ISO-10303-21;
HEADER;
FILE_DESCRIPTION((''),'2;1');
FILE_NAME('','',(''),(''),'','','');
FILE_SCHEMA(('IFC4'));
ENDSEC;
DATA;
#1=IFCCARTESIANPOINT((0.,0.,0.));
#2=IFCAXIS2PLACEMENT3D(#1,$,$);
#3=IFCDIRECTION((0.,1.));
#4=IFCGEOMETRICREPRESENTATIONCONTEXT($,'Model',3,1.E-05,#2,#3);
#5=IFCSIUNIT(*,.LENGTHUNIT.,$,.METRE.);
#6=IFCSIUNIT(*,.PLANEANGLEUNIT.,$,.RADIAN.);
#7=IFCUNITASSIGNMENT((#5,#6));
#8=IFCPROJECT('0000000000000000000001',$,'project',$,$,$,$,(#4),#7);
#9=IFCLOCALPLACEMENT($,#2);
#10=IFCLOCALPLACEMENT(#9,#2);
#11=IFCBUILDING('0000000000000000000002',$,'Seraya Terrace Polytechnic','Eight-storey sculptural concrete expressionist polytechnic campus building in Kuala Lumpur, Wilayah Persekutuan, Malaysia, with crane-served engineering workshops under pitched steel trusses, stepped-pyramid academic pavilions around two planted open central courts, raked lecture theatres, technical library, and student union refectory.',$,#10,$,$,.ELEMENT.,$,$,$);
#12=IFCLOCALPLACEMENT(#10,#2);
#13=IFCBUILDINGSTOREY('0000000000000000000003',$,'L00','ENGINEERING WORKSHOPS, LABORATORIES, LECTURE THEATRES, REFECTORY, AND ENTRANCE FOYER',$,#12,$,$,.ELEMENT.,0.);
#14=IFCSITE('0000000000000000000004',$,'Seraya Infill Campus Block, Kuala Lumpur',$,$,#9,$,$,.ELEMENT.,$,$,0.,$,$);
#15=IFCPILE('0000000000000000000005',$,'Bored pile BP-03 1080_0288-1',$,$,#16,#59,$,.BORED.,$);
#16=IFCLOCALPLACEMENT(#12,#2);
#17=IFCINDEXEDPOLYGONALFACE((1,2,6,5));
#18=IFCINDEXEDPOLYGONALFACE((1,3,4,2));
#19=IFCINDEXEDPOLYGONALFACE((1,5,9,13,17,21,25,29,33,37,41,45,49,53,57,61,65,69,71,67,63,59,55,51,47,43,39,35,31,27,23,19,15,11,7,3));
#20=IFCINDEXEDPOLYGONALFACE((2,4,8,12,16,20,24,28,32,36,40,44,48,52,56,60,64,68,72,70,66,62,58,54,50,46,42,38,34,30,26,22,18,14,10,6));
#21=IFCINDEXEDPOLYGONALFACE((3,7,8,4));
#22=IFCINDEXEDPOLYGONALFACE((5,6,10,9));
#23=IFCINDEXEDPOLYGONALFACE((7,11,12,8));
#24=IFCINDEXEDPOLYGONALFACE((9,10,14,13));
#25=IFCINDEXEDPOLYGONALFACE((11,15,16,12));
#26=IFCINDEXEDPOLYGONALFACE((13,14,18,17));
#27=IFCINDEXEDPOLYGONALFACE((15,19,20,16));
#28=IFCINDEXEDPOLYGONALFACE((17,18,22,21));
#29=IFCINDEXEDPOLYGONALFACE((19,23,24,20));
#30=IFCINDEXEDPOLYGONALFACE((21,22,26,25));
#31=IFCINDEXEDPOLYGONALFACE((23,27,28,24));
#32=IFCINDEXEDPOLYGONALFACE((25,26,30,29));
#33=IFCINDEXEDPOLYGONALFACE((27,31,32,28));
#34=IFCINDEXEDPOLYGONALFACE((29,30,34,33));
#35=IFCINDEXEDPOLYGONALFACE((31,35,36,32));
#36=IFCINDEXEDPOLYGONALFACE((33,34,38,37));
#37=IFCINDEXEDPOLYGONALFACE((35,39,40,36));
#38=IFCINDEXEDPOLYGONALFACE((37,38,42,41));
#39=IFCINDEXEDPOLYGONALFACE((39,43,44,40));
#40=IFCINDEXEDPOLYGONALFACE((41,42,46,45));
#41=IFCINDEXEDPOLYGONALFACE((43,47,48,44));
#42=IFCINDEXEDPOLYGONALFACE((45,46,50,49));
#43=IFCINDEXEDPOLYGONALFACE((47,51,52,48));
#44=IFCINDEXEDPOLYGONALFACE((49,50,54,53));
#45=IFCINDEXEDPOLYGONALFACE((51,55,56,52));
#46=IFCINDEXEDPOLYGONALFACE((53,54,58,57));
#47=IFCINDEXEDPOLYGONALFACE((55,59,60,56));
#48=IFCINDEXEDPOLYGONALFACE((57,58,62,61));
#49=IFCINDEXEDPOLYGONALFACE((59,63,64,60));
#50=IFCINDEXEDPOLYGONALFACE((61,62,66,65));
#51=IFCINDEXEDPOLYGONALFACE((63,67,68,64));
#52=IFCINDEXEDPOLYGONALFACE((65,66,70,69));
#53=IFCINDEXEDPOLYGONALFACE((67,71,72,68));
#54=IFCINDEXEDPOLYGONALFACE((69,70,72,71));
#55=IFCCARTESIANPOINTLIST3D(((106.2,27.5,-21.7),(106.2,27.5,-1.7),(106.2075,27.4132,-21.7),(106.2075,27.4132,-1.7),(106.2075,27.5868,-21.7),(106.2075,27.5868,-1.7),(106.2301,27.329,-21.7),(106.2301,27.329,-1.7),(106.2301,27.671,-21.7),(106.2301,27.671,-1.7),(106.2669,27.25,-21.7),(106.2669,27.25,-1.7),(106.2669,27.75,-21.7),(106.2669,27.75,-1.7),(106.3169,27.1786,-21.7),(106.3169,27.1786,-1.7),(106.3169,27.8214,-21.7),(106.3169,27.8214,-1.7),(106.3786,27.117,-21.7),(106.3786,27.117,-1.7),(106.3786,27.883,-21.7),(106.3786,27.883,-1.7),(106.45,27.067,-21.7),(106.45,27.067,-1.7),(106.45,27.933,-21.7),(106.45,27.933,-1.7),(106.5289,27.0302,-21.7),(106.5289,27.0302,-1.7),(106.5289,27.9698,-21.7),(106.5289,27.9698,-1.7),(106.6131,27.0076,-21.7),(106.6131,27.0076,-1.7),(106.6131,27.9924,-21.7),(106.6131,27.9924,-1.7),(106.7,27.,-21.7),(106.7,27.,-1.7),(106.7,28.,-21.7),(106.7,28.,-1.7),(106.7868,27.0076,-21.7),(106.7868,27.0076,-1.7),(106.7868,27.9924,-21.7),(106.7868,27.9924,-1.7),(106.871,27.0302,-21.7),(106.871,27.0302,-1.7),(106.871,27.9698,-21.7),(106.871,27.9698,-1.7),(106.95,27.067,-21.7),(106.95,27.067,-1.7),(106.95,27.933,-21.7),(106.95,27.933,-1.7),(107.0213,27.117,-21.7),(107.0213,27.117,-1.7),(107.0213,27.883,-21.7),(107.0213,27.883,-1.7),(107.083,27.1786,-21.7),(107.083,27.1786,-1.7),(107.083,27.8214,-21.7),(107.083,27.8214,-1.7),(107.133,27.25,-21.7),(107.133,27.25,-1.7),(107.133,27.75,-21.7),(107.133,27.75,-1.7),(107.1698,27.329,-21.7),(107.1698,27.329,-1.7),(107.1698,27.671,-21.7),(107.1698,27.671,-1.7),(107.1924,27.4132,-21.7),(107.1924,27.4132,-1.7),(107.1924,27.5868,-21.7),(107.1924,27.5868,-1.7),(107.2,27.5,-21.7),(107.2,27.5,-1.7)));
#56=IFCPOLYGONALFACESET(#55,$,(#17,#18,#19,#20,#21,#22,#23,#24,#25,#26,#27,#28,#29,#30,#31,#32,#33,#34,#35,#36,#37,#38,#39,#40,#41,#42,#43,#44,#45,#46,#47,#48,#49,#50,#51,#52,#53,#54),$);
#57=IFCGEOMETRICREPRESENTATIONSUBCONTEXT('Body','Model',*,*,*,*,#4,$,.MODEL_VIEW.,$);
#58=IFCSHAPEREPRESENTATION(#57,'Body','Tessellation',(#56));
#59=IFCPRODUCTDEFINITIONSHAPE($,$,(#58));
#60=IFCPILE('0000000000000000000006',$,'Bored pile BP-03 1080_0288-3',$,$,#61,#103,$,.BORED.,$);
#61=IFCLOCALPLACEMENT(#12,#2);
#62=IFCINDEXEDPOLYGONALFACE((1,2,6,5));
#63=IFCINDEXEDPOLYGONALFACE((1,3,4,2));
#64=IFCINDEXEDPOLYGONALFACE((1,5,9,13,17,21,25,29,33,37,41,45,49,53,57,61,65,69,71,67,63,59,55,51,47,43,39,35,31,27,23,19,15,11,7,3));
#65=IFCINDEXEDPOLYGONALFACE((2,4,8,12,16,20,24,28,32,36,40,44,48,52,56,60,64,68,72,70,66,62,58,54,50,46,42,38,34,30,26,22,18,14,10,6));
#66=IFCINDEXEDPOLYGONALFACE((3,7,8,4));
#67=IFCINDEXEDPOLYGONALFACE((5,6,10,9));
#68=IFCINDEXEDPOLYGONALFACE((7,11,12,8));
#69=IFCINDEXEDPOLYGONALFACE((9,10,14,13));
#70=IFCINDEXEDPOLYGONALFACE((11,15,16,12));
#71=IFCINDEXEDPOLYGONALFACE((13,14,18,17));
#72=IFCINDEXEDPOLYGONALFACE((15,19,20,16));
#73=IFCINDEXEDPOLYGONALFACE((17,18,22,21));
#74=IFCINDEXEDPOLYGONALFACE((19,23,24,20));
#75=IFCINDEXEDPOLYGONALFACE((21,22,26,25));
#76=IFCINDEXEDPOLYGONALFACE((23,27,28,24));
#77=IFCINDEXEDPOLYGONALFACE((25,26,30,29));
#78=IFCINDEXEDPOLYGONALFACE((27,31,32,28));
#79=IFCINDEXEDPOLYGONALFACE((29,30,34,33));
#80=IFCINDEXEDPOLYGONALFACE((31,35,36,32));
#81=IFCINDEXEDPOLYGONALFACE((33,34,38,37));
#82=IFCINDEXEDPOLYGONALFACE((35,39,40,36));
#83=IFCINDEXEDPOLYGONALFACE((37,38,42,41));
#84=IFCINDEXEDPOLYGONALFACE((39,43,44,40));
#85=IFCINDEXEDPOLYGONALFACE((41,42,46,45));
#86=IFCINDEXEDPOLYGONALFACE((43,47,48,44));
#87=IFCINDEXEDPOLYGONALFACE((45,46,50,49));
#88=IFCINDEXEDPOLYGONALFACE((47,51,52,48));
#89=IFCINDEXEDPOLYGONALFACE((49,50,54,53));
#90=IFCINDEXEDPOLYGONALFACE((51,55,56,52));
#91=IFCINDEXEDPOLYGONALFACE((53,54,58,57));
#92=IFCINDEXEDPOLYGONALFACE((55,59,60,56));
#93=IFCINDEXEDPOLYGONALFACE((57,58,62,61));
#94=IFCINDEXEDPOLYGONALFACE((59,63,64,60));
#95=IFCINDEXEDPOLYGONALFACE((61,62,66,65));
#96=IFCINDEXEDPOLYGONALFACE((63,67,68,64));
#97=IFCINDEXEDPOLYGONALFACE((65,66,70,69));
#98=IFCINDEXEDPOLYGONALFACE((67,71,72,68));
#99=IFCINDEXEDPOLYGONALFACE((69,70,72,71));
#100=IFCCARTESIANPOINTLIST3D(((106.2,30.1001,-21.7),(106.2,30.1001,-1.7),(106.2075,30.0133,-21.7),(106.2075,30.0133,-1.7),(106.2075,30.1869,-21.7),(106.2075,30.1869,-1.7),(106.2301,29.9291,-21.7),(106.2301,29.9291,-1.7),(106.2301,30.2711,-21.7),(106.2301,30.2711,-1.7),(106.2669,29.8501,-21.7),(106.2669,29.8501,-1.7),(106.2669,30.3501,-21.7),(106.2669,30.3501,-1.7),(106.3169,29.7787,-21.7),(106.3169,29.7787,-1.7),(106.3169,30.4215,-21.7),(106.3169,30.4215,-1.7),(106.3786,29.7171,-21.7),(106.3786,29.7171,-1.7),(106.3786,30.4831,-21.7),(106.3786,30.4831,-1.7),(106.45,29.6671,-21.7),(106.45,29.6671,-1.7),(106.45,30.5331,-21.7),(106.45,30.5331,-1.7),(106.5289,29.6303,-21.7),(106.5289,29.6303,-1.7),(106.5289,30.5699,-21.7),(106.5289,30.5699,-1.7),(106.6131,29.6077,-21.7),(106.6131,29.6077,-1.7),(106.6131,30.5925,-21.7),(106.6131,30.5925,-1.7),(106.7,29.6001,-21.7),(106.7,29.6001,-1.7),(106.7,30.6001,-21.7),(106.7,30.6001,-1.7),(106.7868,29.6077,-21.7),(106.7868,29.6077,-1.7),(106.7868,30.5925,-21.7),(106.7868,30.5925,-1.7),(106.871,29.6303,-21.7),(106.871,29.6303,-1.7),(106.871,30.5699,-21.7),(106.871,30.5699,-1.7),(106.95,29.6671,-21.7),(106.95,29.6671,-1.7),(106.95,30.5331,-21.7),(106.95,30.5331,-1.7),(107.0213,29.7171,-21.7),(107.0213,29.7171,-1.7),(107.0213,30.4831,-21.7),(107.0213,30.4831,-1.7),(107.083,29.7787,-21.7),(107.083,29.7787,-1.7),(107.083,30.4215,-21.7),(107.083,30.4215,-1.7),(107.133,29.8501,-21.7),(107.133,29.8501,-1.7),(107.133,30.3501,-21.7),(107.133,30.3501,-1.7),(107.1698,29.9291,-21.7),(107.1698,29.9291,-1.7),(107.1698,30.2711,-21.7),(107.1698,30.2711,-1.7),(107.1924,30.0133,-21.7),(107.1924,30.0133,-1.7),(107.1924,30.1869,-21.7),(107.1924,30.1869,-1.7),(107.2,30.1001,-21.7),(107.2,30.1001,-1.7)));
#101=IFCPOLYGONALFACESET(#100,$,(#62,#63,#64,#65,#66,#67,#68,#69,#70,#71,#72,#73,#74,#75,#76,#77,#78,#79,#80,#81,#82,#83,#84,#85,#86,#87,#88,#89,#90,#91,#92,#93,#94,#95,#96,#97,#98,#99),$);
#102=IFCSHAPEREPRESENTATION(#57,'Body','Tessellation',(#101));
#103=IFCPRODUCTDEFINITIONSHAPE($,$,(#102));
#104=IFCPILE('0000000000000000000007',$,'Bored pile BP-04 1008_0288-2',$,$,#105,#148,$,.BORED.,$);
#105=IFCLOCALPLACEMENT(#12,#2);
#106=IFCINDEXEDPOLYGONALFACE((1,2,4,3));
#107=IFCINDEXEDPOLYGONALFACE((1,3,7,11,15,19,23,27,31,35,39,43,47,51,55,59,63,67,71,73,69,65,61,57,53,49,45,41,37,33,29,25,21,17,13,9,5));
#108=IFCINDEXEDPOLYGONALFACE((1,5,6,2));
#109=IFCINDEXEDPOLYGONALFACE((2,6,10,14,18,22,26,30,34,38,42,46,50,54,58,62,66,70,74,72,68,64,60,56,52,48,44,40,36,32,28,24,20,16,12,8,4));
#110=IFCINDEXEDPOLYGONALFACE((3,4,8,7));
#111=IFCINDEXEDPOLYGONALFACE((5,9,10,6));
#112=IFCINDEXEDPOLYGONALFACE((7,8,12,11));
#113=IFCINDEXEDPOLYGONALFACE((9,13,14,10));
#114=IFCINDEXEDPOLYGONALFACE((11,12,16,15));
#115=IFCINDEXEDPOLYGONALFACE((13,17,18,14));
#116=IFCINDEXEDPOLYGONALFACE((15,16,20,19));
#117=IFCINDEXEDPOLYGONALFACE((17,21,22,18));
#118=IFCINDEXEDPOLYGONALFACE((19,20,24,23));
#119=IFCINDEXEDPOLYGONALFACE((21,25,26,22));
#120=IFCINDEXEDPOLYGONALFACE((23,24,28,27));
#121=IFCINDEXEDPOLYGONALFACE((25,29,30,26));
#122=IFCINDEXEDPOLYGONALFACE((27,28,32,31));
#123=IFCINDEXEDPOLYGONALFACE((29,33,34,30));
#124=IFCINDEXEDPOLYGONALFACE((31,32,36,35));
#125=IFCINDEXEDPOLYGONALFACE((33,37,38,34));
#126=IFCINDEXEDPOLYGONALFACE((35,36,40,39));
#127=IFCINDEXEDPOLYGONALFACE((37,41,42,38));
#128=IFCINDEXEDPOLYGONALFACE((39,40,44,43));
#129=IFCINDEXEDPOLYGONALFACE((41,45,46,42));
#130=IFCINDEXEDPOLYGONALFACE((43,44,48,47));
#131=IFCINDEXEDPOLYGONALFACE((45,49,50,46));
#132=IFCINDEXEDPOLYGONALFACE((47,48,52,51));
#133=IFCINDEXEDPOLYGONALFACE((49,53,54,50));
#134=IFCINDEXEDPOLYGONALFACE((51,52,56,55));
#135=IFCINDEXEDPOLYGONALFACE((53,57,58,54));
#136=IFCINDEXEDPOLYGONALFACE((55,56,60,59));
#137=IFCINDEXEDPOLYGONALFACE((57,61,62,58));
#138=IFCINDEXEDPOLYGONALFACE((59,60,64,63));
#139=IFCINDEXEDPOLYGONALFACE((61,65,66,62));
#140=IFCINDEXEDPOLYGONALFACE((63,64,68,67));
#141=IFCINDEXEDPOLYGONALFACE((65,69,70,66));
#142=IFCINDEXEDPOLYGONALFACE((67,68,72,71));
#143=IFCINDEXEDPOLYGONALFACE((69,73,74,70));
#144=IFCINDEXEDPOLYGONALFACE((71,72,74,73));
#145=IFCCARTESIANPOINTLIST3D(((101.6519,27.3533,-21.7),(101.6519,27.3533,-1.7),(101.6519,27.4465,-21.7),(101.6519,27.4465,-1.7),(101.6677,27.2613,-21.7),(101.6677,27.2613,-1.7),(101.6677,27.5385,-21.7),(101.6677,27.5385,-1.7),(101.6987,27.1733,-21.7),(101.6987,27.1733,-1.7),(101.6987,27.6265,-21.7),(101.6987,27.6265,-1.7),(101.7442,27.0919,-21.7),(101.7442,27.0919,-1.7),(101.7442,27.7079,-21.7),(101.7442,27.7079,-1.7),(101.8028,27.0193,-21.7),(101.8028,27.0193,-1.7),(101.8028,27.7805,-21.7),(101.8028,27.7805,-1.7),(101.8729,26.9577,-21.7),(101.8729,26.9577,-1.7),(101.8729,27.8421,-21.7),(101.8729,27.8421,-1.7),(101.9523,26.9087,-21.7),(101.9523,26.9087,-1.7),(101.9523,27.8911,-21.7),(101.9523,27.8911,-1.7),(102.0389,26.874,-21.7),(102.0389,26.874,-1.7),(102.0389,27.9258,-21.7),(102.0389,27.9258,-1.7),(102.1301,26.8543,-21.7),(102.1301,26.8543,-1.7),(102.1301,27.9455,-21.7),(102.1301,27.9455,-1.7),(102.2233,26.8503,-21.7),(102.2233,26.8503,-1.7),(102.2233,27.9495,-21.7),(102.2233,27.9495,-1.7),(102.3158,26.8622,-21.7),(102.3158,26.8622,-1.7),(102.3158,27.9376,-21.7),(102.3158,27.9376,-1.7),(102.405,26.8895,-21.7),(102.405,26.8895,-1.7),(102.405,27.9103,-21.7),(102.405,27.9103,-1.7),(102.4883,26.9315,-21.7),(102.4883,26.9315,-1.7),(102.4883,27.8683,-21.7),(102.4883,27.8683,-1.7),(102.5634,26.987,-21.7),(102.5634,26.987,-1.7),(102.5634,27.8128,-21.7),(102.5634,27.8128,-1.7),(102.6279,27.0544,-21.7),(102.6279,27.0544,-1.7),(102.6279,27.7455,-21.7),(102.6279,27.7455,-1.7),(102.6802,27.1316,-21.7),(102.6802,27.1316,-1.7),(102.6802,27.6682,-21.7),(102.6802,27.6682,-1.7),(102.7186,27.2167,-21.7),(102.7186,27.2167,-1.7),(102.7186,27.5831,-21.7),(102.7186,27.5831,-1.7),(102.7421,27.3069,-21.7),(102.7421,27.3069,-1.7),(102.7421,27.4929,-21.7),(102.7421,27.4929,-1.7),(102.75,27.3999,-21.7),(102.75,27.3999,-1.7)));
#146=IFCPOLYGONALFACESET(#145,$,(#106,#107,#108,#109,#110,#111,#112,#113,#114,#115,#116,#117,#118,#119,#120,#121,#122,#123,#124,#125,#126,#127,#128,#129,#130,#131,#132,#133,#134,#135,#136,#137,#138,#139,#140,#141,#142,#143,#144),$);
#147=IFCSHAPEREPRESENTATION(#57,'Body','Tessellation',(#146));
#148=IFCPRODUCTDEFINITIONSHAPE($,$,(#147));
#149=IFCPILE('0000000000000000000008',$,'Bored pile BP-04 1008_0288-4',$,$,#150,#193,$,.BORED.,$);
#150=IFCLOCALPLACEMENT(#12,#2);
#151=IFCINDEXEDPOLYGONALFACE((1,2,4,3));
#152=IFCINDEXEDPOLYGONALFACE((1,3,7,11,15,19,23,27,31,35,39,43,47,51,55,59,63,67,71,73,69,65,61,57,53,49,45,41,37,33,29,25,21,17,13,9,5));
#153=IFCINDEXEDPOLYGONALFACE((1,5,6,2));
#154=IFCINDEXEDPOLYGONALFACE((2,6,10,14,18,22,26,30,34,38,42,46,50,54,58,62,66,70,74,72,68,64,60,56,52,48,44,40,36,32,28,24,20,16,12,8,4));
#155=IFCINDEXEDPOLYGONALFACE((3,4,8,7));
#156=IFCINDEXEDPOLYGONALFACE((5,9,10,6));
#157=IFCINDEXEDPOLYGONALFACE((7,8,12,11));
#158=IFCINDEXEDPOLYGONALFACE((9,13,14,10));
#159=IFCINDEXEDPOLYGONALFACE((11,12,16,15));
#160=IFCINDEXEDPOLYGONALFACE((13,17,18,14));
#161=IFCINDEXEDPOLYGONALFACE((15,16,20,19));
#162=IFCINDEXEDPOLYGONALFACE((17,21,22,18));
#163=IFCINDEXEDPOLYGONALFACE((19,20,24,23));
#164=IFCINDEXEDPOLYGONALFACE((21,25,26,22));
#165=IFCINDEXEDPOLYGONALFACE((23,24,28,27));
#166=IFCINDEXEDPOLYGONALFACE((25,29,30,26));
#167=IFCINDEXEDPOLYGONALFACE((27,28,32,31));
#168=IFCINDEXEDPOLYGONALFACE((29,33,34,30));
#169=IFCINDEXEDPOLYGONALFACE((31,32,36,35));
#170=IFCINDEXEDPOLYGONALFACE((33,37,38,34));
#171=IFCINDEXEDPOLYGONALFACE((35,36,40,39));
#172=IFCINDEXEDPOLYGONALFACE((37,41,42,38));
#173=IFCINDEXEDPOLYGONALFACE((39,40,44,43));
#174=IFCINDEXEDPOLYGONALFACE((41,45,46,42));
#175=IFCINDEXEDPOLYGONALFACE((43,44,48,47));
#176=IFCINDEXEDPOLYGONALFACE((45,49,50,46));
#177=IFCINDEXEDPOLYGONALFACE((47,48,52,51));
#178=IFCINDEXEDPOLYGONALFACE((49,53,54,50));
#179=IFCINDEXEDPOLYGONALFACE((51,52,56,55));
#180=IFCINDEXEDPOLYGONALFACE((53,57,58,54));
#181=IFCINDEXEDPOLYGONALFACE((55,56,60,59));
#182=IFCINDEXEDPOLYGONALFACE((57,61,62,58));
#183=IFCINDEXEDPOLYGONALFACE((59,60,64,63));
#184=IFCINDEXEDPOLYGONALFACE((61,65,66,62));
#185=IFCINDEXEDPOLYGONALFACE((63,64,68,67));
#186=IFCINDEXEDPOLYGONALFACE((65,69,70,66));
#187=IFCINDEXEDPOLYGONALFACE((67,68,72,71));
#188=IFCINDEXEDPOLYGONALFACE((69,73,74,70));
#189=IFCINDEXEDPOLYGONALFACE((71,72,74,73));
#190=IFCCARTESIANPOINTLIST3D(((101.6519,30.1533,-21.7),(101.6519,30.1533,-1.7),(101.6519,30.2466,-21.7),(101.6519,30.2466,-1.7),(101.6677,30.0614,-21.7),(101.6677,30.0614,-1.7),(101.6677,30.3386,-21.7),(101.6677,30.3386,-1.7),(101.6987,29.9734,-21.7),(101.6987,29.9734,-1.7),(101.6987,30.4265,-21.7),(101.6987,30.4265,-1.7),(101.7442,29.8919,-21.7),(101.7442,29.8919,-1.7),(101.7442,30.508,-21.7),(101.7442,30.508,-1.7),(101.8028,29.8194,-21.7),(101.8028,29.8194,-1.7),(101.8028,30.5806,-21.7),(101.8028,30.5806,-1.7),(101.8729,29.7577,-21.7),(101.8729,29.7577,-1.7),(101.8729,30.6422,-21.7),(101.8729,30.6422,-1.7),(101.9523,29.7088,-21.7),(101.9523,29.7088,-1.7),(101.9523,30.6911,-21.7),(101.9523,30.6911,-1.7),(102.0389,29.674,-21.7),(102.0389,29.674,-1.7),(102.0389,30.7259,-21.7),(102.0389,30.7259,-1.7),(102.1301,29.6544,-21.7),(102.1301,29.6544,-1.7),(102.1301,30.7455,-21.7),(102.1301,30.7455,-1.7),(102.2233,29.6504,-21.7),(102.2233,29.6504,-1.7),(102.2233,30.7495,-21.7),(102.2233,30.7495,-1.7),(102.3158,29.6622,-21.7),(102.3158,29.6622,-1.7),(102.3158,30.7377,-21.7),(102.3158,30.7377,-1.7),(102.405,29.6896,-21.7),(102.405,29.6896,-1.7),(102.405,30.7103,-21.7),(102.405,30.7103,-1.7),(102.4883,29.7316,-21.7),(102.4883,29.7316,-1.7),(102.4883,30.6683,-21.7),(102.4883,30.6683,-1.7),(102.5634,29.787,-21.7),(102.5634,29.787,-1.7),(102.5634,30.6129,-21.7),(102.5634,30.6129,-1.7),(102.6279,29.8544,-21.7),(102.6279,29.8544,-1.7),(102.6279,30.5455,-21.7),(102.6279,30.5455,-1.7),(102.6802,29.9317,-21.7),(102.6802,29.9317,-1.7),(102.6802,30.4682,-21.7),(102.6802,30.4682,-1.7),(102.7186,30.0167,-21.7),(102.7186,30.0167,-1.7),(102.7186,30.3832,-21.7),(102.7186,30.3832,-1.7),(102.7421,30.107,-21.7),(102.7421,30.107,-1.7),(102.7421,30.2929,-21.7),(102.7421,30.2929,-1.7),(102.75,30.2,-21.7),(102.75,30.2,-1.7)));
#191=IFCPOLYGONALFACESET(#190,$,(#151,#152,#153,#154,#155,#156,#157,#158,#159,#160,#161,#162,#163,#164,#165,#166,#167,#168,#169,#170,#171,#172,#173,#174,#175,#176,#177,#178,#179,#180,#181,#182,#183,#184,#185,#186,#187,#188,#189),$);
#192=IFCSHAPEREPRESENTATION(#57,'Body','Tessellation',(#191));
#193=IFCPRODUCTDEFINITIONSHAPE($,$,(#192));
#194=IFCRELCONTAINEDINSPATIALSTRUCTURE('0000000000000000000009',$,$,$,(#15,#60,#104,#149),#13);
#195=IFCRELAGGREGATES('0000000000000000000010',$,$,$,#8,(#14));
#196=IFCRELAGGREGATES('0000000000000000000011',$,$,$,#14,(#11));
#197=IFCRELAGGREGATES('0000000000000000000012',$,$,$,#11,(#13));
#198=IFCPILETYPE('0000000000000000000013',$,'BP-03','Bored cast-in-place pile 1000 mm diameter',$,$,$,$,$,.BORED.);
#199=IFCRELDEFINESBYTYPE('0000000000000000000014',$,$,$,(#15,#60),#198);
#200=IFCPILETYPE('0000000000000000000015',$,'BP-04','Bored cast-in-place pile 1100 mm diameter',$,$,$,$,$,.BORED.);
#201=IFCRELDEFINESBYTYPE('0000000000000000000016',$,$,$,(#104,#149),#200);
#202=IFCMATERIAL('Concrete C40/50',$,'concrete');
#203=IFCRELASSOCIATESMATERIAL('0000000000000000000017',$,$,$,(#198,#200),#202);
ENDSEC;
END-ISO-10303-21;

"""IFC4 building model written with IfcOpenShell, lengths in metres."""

from ifc_helpers import new_model, si_unit, direction, frame, origin, origin_2d, place, context, subcontext, project, spatial, circle, extrude, material, material_profile, profile_set, type_object, element, save


model = new_model("IFC4")

# Units and contexts
model_context = context("Model", 3, precision=1e-05, world=origin(), true_north=direction((0.0, 1.0)))
body_context = subcontext(model_context, "Body", "Model", "MODEL_VIEW")
ifc_project = project(units=[si_unit("LENGTHUNIT", "METRE"), si_unit("PLANEANGLEUNIT", "RADIAN")], contexts=[model_context])

# Site, building, storey
site_placement = place(None, origin())
site = spatial("IfcSite", under=ifc_project, at=site_placement, Name="Seraya Infill Campus Block, Kuala Lumpur", CompositionType="ELEMENT", RefElevation=0.0)
building_placement = place(site_placement, origin())
building = spatial("IfcBuilding", under=site, at=building_placement, Name="Seraya Terrace Polytechnic", Description="Eight-storey sculptural concrete expressionist polytechnic campus building in Kuala Lumpur, Wilayah Persekutuan, Malaysia, with crane-served engineering workshops under pitched steel trusses, stepped-pyramid academic pavilions around two planted open central courts, raked lecture theatres, technical library, and student union refectory.", CompositionType="ELEMENT")
storey_placement = place(building_placement, origin())
storey = spatial("IfcBuildingStorey", under=building, at=storey_placement, Name="L00", Description="ENGINEERING WORKSHOPS, LABORATORIES, LECTURE THEATRES, REFECTORY, AND ENTRANCE FOYER", CompositionType="ELEMENT", Elevation=0.0)

# Piles
ifc_material_1 = material(Name="Concrete C40/50", Category="concrete")
ifc_material_profile_1 = material_profile(ifc_material_1, circle(Radius=0.5, at=origin_2d()), Name="DIA 1000")
ifc_profile_set_1 = profile_set([ifc_material_profile_1], Name="Concrete C40/50")
pile_type_1 = type_object("IfcPileType", Name="BP-03", Description="Bored cast-in-place pile 1000 mm diameter", PredefinedType="BORED", material=ifc_profile_set_1)
for number, where, z_axis, x_axis, name in (
    (1, (106.7, 27.5, -1.7), (0.0, 0.0, -1.0), (1.0, 0.0, 0.0), "Bored pile BP-03 1080_0288-1"),
    (2, (106.7, 30.1001, -1.7), (0.0, 0.0, -1.0), (1.0, 0.0, 0.0), "Bored pile BP-03 1080_0288-3"),
):
    element("IfcPile", number, at=place(storey_placement, frame(where, z_axis=z_axis, x_axis=x_axis)), inside=storey, type_object=pile_type_1, Name=name, PredefinedType="BORED", context=body_context, shape_type="SweptSolid", body=[
        extrude(circle(Radius=0.5, at=origin_2d()), origin(), (0.0, 0.0, 1.0), 20.0),
    ])
ifc_material_profile_2 = material_profile(ifc_material_1, circle(Radius=0.55, at=origin_2d()), Name="DIA 1100")
ifc_profile_set_2 = profile_set([ifc_material_profile_2], Name="Concrete C40/50")
pile_type_2 = type_object("IfcPileType", Name="BP-04", Description="Bored cast-in-place pile 1100 mm diameter", PredefinedType="BORED", material=ifc_profile_set_2)
for number, where, z_axis, x_axis, name in (
    (3, (102.2, 27.3999, -1.7), (0.0, 0.0, -1.0), (1.0, 0.0, 0.0), "Bored pile BP-04 1008_0288-2"),
    (4, (102.2, 30.2, -1.7), (0.0, 0.0, -1.0), (1.0, 0.0, 0.0), "Bored pile BP-04 1008_0288-4"),
):
    element("IfcPile", number, at=place(storey_placement, frame(where, z_axis=z_axis, x_axis=x_axis)), inside=storey, type_object=pile_type_2, Name=name, PredefinedType="BORED", context=body_context, shape_type="SweptSolid", body=[
        extrude(circle(Radius=0.55, at=origin_2d()), origin(), (0.0, 0.0, 1.0), 20.0),
    ])

save(model, "model.ifc")
